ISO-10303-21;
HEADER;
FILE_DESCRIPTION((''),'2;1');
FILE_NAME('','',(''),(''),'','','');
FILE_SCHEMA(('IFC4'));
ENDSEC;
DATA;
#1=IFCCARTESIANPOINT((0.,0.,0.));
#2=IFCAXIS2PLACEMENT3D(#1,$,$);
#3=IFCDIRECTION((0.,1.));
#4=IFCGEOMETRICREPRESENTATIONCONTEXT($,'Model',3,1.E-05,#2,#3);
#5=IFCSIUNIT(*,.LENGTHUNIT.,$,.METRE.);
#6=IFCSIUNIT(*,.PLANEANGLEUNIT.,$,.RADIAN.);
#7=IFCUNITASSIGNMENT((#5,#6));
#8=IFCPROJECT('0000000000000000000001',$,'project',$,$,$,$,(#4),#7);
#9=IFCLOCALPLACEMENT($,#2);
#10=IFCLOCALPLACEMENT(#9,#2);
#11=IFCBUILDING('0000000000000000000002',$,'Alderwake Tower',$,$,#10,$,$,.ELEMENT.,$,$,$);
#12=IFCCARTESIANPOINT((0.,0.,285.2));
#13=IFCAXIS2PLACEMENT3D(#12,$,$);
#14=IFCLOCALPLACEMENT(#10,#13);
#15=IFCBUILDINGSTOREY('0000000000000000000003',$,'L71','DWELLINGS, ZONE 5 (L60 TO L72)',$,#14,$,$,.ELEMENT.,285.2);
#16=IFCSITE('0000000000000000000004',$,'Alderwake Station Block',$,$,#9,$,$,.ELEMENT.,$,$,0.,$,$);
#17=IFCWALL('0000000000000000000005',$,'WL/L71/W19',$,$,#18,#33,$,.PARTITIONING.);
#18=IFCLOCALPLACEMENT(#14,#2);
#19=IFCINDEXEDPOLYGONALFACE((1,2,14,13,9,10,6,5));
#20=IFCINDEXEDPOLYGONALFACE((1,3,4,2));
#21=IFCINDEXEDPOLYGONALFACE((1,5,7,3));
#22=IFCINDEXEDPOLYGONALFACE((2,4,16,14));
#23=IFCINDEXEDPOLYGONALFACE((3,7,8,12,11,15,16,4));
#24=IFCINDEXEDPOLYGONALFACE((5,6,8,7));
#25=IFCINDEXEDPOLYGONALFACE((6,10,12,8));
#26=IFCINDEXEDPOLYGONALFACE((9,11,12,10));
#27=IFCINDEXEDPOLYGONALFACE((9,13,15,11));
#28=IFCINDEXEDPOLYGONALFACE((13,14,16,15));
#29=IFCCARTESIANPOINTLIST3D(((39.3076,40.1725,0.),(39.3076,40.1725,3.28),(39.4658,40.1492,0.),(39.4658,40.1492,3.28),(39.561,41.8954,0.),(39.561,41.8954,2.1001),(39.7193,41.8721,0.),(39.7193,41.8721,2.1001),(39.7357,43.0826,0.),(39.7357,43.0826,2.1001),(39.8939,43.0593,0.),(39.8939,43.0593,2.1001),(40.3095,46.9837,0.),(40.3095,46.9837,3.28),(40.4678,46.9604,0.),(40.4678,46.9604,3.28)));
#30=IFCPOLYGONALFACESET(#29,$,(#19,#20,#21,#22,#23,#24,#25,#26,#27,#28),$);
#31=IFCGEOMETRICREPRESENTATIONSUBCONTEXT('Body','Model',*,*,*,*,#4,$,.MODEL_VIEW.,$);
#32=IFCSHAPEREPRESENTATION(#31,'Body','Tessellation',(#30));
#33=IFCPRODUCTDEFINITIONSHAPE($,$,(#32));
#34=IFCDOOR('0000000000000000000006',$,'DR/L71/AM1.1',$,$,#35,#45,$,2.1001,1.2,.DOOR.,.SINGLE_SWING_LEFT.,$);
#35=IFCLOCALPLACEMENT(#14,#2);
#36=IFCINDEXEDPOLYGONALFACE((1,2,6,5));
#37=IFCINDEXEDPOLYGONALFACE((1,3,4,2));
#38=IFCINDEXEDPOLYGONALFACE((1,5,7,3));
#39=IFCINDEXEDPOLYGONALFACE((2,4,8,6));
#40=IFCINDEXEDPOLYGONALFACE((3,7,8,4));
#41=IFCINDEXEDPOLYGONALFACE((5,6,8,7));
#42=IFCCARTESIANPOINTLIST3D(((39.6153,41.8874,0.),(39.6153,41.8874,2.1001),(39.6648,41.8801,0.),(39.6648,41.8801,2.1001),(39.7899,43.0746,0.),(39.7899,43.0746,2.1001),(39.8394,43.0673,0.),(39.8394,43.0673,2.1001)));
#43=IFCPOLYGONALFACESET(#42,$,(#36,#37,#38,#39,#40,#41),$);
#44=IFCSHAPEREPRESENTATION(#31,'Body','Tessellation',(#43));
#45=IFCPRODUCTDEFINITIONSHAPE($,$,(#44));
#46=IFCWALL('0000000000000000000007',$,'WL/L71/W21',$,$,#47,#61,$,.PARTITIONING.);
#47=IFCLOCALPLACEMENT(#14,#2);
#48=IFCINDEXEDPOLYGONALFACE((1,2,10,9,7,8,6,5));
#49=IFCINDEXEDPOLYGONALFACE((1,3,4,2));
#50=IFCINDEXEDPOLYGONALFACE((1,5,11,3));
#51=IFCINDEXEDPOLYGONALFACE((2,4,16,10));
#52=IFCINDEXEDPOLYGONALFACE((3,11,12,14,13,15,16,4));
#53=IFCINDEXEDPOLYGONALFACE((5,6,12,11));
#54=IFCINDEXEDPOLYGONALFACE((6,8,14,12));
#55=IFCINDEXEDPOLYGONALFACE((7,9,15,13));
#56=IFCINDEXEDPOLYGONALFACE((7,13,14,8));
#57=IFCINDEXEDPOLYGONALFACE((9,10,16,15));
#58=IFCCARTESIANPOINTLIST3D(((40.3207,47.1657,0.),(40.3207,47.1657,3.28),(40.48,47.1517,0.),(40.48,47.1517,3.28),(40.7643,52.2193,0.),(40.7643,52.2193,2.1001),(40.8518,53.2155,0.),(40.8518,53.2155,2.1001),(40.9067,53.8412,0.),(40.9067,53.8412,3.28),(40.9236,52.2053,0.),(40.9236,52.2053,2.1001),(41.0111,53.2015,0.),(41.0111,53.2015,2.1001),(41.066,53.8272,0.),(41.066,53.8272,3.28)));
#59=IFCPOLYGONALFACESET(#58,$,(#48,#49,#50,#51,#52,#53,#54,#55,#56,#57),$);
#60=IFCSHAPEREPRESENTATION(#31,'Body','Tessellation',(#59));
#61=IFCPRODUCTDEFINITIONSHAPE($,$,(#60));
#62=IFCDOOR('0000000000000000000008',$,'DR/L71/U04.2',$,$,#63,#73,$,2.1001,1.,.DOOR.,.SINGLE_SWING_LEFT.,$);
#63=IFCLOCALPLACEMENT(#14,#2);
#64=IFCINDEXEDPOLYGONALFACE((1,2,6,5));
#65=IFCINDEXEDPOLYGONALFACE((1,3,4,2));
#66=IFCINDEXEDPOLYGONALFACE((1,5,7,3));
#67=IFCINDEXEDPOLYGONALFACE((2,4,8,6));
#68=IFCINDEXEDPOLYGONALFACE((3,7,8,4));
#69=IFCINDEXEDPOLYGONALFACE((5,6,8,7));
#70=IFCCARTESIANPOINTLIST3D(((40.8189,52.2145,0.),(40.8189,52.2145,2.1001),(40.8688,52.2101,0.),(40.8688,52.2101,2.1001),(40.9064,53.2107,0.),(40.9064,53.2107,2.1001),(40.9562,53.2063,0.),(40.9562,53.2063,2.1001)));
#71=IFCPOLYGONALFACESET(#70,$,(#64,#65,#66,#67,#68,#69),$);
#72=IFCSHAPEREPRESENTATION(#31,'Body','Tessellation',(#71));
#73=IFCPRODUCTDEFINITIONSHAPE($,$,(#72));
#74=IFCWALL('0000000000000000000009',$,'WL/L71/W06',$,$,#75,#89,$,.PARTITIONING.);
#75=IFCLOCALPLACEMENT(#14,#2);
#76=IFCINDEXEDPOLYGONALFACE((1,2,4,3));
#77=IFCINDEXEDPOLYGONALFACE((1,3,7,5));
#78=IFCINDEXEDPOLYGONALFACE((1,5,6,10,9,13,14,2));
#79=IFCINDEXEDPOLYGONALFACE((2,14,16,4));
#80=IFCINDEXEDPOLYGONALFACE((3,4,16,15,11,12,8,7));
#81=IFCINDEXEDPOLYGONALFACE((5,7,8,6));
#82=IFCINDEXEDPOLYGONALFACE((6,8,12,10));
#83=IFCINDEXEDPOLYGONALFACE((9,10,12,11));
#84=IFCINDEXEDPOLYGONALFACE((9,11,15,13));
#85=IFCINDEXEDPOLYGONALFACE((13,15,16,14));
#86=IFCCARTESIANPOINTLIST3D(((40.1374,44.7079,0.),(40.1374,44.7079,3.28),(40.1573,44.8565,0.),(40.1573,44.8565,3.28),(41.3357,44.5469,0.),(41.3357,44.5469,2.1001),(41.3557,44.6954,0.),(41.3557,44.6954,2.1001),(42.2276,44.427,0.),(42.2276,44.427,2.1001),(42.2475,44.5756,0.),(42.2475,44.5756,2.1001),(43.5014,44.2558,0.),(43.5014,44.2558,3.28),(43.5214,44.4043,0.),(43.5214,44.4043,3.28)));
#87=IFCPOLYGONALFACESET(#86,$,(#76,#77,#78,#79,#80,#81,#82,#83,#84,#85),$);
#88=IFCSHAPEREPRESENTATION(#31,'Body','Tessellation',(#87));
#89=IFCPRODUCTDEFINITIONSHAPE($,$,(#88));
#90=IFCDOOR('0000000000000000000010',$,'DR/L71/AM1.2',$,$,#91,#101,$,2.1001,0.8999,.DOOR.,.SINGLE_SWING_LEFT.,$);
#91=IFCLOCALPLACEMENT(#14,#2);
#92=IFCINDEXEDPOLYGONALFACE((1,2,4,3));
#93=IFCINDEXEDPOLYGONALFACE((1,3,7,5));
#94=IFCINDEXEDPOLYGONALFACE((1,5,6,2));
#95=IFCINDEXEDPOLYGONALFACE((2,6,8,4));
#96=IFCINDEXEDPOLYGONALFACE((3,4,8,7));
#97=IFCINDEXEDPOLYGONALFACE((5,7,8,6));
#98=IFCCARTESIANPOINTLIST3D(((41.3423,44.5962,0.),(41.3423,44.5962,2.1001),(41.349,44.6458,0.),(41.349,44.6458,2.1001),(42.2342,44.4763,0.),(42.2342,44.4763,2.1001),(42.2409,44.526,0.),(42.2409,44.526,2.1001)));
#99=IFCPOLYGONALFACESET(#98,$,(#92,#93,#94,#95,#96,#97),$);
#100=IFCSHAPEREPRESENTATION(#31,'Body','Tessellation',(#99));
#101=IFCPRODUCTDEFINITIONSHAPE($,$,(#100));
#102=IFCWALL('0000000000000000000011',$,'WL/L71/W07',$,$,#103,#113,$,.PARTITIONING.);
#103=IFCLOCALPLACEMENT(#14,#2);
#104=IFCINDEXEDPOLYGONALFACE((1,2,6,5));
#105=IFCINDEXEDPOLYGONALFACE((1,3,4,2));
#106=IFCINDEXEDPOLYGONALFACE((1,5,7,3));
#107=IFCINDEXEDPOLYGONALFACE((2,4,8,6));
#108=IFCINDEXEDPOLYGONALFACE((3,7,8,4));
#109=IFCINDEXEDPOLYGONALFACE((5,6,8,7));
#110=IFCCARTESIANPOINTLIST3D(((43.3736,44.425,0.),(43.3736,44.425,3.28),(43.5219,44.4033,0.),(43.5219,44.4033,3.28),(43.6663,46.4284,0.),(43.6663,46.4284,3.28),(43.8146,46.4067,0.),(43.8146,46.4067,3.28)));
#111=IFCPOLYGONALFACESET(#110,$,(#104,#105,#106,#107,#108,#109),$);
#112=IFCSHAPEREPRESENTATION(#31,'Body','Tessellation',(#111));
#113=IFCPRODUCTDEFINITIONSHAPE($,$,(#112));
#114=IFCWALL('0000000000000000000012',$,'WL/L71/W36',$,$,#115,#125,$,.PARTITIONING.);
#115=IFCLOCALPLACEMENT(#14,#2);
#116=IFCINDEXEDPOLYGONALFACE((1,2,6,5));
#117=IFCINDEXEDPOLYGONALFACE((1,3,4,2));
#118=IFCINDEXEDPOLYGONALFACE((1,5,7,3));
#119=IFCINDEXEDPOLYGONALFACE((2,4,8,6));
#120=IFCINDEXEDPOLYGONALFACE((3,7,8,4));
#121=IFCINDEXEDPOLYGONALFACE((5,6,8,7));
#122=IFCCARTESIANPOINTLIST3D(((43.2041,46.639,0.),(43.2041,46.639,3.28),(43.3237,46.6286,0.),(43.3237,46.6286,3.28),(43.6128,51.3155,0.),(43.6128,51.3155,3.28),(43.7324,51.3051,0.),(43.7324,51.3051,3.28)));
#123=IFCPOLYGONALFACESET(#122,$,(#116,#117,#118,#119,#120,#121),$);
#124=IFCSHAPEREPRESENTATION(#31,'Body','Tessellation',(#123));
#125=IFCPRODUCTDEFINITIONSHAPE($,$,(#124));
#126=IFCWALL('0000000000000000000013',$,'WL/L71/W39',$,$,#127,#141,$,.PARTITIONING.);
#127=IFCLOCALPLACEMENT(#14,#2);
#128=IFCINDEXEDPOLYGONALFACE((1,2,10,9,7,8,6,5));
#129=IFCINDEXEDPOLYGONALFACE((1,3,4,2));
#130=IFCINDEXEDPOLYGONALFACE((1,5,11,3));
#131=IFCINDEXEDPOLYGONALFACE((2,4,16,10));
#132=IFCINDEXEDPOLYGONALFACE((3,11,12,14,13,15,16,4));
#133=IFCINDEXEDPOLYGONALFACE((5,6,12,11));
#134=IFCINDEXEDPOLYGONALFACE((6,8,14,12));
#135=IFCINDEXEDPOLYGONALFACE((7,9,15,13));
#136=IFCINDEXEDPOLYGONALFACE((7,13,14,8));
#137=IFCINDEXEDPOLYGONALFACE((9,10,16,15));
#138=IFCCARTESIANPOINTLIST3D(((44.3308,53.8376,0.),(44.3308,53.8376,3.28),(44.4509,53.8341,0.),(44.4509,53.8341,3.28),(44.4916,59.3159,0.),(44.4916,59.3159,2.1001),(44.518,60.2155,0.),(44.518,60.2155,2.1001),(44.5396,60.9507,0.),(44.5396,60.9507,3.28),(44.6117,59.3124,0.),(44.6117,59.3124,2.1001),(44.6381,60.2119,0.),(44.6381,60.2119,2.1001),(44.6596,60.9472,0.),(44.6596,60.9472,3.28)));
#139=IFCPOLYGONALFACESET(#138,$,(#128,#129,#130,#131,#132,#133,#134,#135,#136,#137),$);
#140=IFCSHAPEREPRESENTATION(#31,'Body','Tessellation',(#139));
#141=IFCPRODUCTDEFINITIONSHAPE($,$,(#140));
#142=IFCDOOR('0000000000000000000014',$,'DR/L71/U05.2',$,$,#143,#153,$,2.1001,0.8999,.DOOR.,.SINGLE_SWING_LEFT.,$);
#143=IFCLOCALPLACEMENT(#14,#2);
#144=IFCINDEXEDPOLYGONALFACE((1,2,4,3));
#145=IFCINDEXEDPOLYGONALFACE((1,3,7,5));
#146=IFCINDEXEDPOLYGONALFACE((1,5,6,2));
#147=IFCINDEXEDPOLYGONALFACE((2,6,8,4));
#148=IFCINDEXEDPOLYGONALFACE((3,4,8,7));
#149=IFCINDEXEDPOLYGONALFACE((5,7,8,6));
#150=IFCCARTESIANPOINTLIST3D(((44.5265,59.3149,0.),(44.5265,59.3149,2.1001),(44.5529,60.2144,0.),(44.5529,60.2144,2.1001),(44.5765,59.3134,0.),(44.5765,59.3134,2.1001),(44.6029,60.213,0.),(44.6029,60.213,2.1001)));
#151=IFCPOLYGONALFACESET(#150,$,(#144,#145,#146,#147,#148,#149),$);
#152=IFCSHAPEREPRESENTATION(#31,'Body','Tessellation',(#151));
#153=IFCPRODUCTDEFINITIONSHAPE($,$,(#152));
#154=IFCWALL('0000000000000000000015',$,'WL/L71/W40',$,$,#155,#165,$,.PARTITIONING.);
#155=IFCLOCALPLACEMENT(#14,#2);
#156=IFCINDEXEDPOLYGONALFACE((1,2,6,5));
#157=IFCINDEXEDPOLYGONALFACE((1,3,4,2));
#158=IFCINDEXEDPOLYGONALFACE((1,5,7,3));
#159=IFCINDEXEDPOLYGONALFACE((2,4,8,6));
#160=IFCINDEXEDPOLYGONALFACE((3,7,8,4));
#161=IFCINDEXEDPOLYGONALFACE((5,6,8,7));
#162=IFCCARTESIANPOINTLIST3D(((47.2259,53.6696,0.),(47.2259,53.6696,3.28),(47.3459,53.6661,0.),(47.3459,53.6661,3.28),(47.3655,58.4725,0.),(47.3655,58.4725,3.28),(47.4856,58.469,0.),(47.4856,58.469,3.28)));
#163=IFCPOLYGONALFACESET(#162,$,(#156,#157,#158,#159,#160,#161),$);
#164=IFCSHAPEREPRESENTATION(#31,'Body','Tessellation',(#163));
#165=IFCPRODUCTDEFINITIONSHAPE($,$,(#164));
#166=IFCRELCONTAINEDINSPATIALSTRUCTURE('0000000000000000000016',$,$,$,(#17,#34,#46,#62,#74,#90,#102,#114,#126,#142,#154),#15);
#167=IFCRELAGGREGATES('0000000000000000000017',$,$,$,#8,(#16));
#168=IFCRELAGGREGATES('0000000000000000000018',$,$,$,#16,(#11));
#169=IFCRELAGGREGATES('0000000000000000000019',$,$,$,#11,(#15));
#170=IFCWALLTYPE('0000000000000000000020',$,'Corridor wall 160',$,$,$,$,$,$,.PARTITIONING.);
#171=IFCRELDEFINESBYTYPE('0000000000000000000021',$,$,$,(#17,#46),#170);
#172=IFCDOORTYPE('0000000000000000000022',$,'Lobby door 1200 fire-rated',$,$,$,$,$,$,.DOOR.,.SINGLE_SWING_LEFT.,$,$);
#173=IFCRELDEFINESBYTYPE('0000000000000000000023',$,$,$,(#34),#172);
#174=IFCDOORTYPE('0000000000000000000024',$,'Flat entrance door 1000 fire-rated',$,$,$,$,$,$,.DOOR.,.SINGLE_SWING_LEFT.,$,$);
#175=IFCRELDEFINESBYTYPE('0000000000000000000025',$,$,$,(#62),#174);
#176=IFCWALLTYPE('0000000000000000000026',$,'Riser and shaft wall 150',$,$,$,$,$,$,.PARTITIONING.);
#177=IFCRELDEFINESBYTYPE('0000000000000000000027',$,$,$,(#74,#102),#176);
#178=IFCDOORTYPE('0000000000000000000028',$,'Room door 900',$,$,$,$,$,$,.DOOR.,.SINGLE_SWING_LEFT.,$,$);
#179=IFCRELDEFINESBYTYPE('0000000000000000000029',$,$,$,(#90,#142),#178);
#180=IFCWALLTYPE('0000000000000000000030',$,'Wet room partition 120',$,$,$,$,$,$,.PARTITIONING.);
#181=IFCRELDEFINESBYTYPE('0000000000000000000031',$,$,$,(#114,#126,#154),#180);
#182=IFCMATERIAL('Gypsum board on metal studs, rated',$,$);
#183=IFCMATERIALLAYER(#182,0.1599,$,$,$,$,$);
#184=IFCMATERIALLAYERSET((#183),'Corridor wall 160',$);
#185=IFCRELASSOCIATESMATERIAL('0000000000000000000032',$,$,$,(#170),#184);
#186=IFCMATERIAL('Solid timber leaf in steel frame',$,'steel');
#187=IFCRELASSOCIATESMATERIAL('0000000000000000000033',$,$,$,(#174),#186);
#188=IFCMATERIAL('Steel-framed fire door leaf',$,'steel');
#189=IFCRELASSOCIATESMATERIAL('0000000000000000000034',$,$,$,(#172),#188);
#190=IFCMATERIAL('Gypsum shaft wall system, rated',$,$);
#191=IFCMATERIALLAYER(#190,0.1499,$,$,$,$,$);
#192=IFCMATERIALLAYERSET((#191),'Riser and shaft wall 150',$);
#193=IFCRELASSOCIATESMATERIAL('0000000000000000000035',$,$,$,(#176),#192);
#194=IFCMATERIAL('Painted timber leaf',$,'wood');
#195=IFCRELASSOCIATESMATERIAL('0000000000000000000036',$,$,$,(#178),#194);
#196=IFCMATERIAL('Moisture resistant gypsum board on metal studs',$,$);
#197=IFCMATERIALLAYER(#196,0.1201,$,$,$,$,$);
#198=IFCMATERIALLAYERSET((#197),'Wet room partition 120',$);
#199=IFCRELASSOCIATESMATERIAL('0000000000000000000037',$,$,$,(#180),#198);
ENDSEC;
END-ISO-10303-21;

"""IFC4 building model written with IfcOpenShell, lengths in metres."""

from ifc_helpers import new_model, si_unit, direction, frame, frame_2d, origin, place, context, subcontext, project, spatial, rectangle, extrude, material, layer, layer_set, type_object, element, fill, save


model = new_model("IFC4")

# Units and contexts
model_context = context("Model", 3, precision=1e-05, world=origin(), true_north=direction((0.0, 1.0)))
body_context = subcontext(model_context, "Body", "Model", "MODEL_VIEW")
ifc_project = project(units=[si_unit("LENGTHUNIT", "METRE"), si_unit("PLANEANGLEUNIT", "RADIAN")], contexts=[model_context])

# Site, building, storey
site_placement = place(None, origin())
site = spatial("IfcSite", under=ifc_project, at=site_placement, Name="Alderwake Station Block", CompositionType="ELEMENT", RefElevation=0.0)
building_placement = place(site_placement, origin())
building = spatial("IfcBuilding", under=site, at=building_placement, Name="Alderwake Tower", CompositionType="ELEMENT")
storey_placement = place(building_placement, frame((0.0, 0.0, 285.2)))
storey = spatial("IfcBuildingStorey", under=building, at=storey_placement, Name="L71", Description="DWELLINGS, ZONE 5 (L60 TO L72)", CompositionType="ELEMENT", Elevation=285.2)

# Walls, openings, doors
ifc_material_1 = material(Name="Gypsum board on metal studs, rated")
ifc_layer_1 = layer(ifc_material_1, 0.1599)
ifc_layer_set_1 = layer_set([ifc_layer_1], Name="Corridor wall 160")
wall_type_1 = type_object("IfcWallType", Name="Corridor wall 160", PredefinedType="PARTITIONING", material=ifc_layer_set_1)
ifc_material_2 = material(Name="Solid timber leaf in steel frame", Category="steel")
door_type_1 = type_object("IfcDoorType", Name="Flat entrance door 1000 fire-rated", OperationType="SINGLE_SWING_LEFT", PredefinedType="DOOR", material=ifc_material_2)
wall_1_placement = place(storey_placement, frame((40.3887, 46.9722, 0.0), z_axis=(0.0, 0.0, 1.0), x_axis=(-0.145536, -0.989353, 0.0)))
wall_1 = element("IfcWall", 1, at=wall_1_placement, inside=storey, type_object=wall_type_1, Name="WL/L71/W19", PredefinedType="PARTITIONING", context=body_context, shape_type="SweptSolid", body=[
    extrude(rectangle(XDim=6.8845, YDim=0.1599, at=frame_2d((3.4424, 0.0))), origin(), (0.0, 0.0, 1.0), 3.28),
])
opening_1_placement = place(wall_1_placement, frame((3.9431, 0.0, 0.0)))
opening_1 = element("IfcOpeningElement", 2, at=opening_1_placement, cuts=wall_1, PredefinedType="OPENING", context=body_context, shape_type="SweptSolid", body=[
    extrude(rectangle(XDim=1.2, YDim=2.1001, at=frame_2d((0.6001, 1.05))), frame((0.0, 0.0898, 0.0), z_axis=(0.0, -1.0, 0.0), x_axis=(1.0, 0.0, 0.0)), (0.0, 0.0, 1.0), 0.1799),
])
ifc_material_3 = material(Name="Steel-framed fire door leaf", Category="steel")
door_type_2 = type_object("IfcDoorType", Name="Lobby door 1200 fire-rated", OperationType="SINGLE_SWING_LEFT", PredefinedType="DOOR", material=ifc_material_3)
door_1_placement = place(opening_1_placement, origin())
door_1 = element("IfcDoor", 3, at=door_1_placement, inside=storey, type_object=door_type_2, Name="DR/L71/AM1.1", OperationType="SINGLE_SWING_LEFT", OverallHeight=2.1001, OverallWidth=1.2, PredefinedType="DOOR", context=body_context, shape_type="SweptSolid", body=[
    extrude(rectangle(XDim=1.2, YDim=2.1001, at=frame_2d((0.6001, 1.05))), frame((0.0, 0.0249, 0.0), z_axis=(0.0, -1.0, 0.0), x_axis=(1.0, 0.0, 0.0)), (0.0, 0.0, 1.0), 0.05),
])
fill(opening_1, door_1)
wall_2_placement = place(storey_placement, frame((40.9863, 53.8342, 0.0), z_axis=(0.0, 0.0, 1.0), x_axis=(-0.087438, -0.99617, 0.0)))
wall_2 = element("IfcWall", 4, at=wall_2_placement, inside=storey, type_object=wall_type_1, Name="WL/L71/W21", PredefinedType="PARTITIONING", context=body_context, shape_type="SweptSolid", body=[
    extrude(rectangle(XDim=6.7012, YDim=0.1599, at=frame_2d((3.3506, 0.0))), origin(), (0.0, 0.0, 1.0), 3.28),
])
opening_2_placement = place(wall_2_placement, frame((0.6282, 0.0, 0.0)))
opening_2 = element("IfcOpeningElement", 5, at=opening_2_placement, cuts=wall_2, PredefinedType="OPENING", context=body_context, shape_type="SweptSolid", body=[
    extrude(rectangle(XDim=1.0, YDim=2.1001, at=frame_2d((0.5, 1.05))), frame((0.0, 0.0898, 0.0), z_axis=(0.0, -1.0, 0.0), x_axis=(1.0, 0.0, 0.0)), (0.0, 0.0, 1.0), 0.1799),
])
door_2_placement = place(opening_2_placement, origin())
door_2 = element("IfcDoor", 6, at=door_2_placement, inside=storey, type_object=door_type_1, Name="DR/L71/U04.2", OperationType="SINGLE_SWING_LEFT", OverallHeight=2.1001, OverallWidth=1.0, PredefinedType="DOOR", context=body_context, shape_type="SweptSolid", body=[
    extrude(rectangle(XDim=1.0, YDim=2.1001, at=frame_2d((0.5, 1.05))), frame((0.0, 0.0249, 0.0), z_axis=(0.0, -1.0, 0.0), x_axis=(1.0, 0.0, 0.0)), (0.0, 0.0, 1.0), 0.05),
])
fill(opening_2, door_2)
ifc_material_4 = material(Name="Gypsum shaft wall system, rated")
ifc_layer_2 = layer(ifc_material_4, 0.1499)
ifc_layer_set_2 = layer_set([ifc_layer_2], Name="Riser and shaft wall 150")
wall_type_2 = type_object("IfcWallType", Name="Riser and shaft wall 150", PredefinedType="PARTITIONING", material=ifc_layer_set_2)
wall_3_placement = place(storey_placement, frame((40.1472, 44.7822, 0.0), z_axis=(0.0, 0.0, 1.0), x_axis=(0.991088, -0.13321, 0.0)))
wall_3 = element("IfcWall", 7, at=wall_3_placement, inside=storey, type_object=wall_type_2, Name="WL/L71/W06", PredefinedType="PARTITIONING", context=body_context, shape_type="SweptSolid", body=[
    extrude(rectangle(XDim=3.3943, YDim=0.1499, at=frame_2d((1.6973, 0.0))), origin(), (0.0, 0.0, 1.0), 3.28),
])
opening_3_placement = place(wall_3_placement, frame((1.2092, 0.0, 0.0)))
opening_3 = element("IfcOpeningElement", 8, at=opening_3_placement, cuts=wall_3, PredefinedType="OPENING", context=body_context, shape_type="SweptSolid", body=[
    extrude(rectangle(XDim=0.8999, YDim=2.1001, at=frame_2d((0.45, 1.05))), frame((0.0, 0.085, 0.0), z_axis=(0.0, -1.0, 0.0), x_axis=(1.0, 0.0, 0.0)), (0.0, 0.0, 1.0), 0.1699),
])
ifc_material_5 = material(Name="Painted timber leaf", Category="wood")
door_type_3 = type_object("IfcDoorType", Name="Room door 900", OperationType="SINGLE_SWING_LEFT", PredefinedType="DOOR", material=ifc_material_5)
door_3_placement = place(opening_3_placement, origin())
door_3 = element("IfcDoor", 9, at=door_3_placement, inside=storey, type_object=door_type_3, Name="DR/L71/AM1.2", OperationType="SINGLE_SWING_LEFT", OverallHeight=2.1001, OverallWidth=0.8999, PredefinedType="DOOR", context=body_context, shape_type="SweptSolid", body=[
    extrude(rectangle(XDim=0.8999, YDim=2.1001, at=frame_2d((0.45, 1.05))), frame((0.0, 0.0249, 0.0), z_axis=(0.0, -1.0, 0.0), x_axis=(1.0, 0.0, 0.0)), (0.0, 0.0, 1.0), 0.05),
])
fill(opening_3, door_3)

# Walls
wall_4_placement = place(storey_placement, frame((43.4478, 44.4143, 0.0), z_axis=(0.0, 0.0, 1.0), x_axis=(0.144577, 0.989493, 0.0)))
element("IfcWall", 10, at=wall_4_placement, inside=storey, type_object=wall_type_2, Name="WL/L71/W07", PredefinedType="PARTITIONING", context=body_context, shape_type="SweptSolid", body=[
    extrude(rectangle(XDim=2.0247, YDim=0.1499, at=frame_2d((1.0122, 0.0))), origin(), (0.0, 0.0, 1.0), 3.28),
])
ifc_material_6 = material(Name="Moisture resistant gypsum board on metal studs")
ifc_layer_3 = layer(ifc_material_6, 0.1201)
ifc_layer_set_3 = layer_set([ifc_layer_3], Name="Wet room partition 120")
wall_type_3 = type_object("IfcWallType", Name="Wet room partition 120", PredefinedType="PARTITIONING", material=ifc_layer_set_3)
wall_5_placement = place(storey_placement, frame((43.2639, 46.6338, 0.0), z_axis=(0.0, 0.0, 1.0), x_axis=(0.08706, 0.996203, 0.0)))
element("IfcWall", 11, at=wall_5_placement, inside=storey, type_object=wall_type_3, Name="WL/L71/W36", PredefinedType="PARTITIONING", context=body_context, shape_type="SweptSolid", body=[
    extrude(rectangle(XDim=4.6943, YDim=0.1201, at=frame_2d((2.3472, 0.0))), origin(), (0.0, 0.0, 1.0), 3.28),
])

# Wall, opening, door
wall_6_placement = place(storey_placement, frame((44.5996, 60.949, 0.0), z_axis=(0.0, 0.0, 1.0), x_axis=(-0.029334, -0.99957, 0.0)))
wall_6 = element("IfcWall", 12, at=wall_6_placement, inside=storey, type_object=wall_type_3, Name="WL/L71/W39", PredefinedType="PARTITIONING", context=body_context, shape_type="SweptSolid", body=[
    extrude(rectangle(XDim=7.1162, YDim=0.1201, at=frame_2d((3.5581, 0.0))), origin(), (0.0, 0.0, 1.0), 3.28),
])
opening_4_placement = place(wall_6_placement, frame((0.7356, 0.0, 0.0)))
opening_4 = element("IfcOpeningElement", 13, at=opening_4_placement, cuts=wall_6, PredefinedType="OPENING", context=body_context, shape_type="SweptSolid", body=[
    extrude(rectangle(XDim=0.8999, YDim=2.1001, at=frame_2d((0.45, 1.05))), frame((0.0, 0.0701, 0.0), z_axis=(0.0, -1.0, 0.0), x_axis=(1.0, 0.0, 0.0)), (0.0, 0.0, 1.0), 0.1401),
])
door_4_placement = place(opening_4_placement, origin())
door_4 = element("IfcDoor", 14, at=door_4_placement, inside=storey, type_object=door_type_3, Name="DR/L71/U05.2", OperationType="SINGLE_SWING_LEFT", OverallHeight=2.1001, OverallWidth=0.8999, PredefinedType="DOOR", context=body_context, shape_type="SweptSolid", body=[
    extrude(rectangle(XDim=0.8999, YDim=2.1001, at=frame_2d((0.45, 1.05))), frame((0.0, 0.0249, 0.0), z_axis=(0.0, -1.0, 0.0), x_axis=(1.0, 0.0, 0.0)), (0.0, 0.0, 1.0), 0.05),
])
fill(opening_4, door_4)

# Wall
wall_7_placement = place(storey_placement, frame((47.2859, 53.668, 0.0), z_axis=(0.0, 0.0, 1.0), x_axis=(0.029063, 0.999578, 0.0)))
element("IfcWall", 15, at=wall_7_placement, inside=storey, type_object=wall_type_3, Name="WL/L71/W40", PredefinedType="PARTITIONING", context=body_context, shape_type="SweptSolid", body=[
    extrude(rectangle(XDim=4.8049, YDim=0.1201, at=frame_2d((2.4023, 0.0))), origin(), (0.0, 0.0, 1.0), 3.28),
])

save(model, "model.ifc")
